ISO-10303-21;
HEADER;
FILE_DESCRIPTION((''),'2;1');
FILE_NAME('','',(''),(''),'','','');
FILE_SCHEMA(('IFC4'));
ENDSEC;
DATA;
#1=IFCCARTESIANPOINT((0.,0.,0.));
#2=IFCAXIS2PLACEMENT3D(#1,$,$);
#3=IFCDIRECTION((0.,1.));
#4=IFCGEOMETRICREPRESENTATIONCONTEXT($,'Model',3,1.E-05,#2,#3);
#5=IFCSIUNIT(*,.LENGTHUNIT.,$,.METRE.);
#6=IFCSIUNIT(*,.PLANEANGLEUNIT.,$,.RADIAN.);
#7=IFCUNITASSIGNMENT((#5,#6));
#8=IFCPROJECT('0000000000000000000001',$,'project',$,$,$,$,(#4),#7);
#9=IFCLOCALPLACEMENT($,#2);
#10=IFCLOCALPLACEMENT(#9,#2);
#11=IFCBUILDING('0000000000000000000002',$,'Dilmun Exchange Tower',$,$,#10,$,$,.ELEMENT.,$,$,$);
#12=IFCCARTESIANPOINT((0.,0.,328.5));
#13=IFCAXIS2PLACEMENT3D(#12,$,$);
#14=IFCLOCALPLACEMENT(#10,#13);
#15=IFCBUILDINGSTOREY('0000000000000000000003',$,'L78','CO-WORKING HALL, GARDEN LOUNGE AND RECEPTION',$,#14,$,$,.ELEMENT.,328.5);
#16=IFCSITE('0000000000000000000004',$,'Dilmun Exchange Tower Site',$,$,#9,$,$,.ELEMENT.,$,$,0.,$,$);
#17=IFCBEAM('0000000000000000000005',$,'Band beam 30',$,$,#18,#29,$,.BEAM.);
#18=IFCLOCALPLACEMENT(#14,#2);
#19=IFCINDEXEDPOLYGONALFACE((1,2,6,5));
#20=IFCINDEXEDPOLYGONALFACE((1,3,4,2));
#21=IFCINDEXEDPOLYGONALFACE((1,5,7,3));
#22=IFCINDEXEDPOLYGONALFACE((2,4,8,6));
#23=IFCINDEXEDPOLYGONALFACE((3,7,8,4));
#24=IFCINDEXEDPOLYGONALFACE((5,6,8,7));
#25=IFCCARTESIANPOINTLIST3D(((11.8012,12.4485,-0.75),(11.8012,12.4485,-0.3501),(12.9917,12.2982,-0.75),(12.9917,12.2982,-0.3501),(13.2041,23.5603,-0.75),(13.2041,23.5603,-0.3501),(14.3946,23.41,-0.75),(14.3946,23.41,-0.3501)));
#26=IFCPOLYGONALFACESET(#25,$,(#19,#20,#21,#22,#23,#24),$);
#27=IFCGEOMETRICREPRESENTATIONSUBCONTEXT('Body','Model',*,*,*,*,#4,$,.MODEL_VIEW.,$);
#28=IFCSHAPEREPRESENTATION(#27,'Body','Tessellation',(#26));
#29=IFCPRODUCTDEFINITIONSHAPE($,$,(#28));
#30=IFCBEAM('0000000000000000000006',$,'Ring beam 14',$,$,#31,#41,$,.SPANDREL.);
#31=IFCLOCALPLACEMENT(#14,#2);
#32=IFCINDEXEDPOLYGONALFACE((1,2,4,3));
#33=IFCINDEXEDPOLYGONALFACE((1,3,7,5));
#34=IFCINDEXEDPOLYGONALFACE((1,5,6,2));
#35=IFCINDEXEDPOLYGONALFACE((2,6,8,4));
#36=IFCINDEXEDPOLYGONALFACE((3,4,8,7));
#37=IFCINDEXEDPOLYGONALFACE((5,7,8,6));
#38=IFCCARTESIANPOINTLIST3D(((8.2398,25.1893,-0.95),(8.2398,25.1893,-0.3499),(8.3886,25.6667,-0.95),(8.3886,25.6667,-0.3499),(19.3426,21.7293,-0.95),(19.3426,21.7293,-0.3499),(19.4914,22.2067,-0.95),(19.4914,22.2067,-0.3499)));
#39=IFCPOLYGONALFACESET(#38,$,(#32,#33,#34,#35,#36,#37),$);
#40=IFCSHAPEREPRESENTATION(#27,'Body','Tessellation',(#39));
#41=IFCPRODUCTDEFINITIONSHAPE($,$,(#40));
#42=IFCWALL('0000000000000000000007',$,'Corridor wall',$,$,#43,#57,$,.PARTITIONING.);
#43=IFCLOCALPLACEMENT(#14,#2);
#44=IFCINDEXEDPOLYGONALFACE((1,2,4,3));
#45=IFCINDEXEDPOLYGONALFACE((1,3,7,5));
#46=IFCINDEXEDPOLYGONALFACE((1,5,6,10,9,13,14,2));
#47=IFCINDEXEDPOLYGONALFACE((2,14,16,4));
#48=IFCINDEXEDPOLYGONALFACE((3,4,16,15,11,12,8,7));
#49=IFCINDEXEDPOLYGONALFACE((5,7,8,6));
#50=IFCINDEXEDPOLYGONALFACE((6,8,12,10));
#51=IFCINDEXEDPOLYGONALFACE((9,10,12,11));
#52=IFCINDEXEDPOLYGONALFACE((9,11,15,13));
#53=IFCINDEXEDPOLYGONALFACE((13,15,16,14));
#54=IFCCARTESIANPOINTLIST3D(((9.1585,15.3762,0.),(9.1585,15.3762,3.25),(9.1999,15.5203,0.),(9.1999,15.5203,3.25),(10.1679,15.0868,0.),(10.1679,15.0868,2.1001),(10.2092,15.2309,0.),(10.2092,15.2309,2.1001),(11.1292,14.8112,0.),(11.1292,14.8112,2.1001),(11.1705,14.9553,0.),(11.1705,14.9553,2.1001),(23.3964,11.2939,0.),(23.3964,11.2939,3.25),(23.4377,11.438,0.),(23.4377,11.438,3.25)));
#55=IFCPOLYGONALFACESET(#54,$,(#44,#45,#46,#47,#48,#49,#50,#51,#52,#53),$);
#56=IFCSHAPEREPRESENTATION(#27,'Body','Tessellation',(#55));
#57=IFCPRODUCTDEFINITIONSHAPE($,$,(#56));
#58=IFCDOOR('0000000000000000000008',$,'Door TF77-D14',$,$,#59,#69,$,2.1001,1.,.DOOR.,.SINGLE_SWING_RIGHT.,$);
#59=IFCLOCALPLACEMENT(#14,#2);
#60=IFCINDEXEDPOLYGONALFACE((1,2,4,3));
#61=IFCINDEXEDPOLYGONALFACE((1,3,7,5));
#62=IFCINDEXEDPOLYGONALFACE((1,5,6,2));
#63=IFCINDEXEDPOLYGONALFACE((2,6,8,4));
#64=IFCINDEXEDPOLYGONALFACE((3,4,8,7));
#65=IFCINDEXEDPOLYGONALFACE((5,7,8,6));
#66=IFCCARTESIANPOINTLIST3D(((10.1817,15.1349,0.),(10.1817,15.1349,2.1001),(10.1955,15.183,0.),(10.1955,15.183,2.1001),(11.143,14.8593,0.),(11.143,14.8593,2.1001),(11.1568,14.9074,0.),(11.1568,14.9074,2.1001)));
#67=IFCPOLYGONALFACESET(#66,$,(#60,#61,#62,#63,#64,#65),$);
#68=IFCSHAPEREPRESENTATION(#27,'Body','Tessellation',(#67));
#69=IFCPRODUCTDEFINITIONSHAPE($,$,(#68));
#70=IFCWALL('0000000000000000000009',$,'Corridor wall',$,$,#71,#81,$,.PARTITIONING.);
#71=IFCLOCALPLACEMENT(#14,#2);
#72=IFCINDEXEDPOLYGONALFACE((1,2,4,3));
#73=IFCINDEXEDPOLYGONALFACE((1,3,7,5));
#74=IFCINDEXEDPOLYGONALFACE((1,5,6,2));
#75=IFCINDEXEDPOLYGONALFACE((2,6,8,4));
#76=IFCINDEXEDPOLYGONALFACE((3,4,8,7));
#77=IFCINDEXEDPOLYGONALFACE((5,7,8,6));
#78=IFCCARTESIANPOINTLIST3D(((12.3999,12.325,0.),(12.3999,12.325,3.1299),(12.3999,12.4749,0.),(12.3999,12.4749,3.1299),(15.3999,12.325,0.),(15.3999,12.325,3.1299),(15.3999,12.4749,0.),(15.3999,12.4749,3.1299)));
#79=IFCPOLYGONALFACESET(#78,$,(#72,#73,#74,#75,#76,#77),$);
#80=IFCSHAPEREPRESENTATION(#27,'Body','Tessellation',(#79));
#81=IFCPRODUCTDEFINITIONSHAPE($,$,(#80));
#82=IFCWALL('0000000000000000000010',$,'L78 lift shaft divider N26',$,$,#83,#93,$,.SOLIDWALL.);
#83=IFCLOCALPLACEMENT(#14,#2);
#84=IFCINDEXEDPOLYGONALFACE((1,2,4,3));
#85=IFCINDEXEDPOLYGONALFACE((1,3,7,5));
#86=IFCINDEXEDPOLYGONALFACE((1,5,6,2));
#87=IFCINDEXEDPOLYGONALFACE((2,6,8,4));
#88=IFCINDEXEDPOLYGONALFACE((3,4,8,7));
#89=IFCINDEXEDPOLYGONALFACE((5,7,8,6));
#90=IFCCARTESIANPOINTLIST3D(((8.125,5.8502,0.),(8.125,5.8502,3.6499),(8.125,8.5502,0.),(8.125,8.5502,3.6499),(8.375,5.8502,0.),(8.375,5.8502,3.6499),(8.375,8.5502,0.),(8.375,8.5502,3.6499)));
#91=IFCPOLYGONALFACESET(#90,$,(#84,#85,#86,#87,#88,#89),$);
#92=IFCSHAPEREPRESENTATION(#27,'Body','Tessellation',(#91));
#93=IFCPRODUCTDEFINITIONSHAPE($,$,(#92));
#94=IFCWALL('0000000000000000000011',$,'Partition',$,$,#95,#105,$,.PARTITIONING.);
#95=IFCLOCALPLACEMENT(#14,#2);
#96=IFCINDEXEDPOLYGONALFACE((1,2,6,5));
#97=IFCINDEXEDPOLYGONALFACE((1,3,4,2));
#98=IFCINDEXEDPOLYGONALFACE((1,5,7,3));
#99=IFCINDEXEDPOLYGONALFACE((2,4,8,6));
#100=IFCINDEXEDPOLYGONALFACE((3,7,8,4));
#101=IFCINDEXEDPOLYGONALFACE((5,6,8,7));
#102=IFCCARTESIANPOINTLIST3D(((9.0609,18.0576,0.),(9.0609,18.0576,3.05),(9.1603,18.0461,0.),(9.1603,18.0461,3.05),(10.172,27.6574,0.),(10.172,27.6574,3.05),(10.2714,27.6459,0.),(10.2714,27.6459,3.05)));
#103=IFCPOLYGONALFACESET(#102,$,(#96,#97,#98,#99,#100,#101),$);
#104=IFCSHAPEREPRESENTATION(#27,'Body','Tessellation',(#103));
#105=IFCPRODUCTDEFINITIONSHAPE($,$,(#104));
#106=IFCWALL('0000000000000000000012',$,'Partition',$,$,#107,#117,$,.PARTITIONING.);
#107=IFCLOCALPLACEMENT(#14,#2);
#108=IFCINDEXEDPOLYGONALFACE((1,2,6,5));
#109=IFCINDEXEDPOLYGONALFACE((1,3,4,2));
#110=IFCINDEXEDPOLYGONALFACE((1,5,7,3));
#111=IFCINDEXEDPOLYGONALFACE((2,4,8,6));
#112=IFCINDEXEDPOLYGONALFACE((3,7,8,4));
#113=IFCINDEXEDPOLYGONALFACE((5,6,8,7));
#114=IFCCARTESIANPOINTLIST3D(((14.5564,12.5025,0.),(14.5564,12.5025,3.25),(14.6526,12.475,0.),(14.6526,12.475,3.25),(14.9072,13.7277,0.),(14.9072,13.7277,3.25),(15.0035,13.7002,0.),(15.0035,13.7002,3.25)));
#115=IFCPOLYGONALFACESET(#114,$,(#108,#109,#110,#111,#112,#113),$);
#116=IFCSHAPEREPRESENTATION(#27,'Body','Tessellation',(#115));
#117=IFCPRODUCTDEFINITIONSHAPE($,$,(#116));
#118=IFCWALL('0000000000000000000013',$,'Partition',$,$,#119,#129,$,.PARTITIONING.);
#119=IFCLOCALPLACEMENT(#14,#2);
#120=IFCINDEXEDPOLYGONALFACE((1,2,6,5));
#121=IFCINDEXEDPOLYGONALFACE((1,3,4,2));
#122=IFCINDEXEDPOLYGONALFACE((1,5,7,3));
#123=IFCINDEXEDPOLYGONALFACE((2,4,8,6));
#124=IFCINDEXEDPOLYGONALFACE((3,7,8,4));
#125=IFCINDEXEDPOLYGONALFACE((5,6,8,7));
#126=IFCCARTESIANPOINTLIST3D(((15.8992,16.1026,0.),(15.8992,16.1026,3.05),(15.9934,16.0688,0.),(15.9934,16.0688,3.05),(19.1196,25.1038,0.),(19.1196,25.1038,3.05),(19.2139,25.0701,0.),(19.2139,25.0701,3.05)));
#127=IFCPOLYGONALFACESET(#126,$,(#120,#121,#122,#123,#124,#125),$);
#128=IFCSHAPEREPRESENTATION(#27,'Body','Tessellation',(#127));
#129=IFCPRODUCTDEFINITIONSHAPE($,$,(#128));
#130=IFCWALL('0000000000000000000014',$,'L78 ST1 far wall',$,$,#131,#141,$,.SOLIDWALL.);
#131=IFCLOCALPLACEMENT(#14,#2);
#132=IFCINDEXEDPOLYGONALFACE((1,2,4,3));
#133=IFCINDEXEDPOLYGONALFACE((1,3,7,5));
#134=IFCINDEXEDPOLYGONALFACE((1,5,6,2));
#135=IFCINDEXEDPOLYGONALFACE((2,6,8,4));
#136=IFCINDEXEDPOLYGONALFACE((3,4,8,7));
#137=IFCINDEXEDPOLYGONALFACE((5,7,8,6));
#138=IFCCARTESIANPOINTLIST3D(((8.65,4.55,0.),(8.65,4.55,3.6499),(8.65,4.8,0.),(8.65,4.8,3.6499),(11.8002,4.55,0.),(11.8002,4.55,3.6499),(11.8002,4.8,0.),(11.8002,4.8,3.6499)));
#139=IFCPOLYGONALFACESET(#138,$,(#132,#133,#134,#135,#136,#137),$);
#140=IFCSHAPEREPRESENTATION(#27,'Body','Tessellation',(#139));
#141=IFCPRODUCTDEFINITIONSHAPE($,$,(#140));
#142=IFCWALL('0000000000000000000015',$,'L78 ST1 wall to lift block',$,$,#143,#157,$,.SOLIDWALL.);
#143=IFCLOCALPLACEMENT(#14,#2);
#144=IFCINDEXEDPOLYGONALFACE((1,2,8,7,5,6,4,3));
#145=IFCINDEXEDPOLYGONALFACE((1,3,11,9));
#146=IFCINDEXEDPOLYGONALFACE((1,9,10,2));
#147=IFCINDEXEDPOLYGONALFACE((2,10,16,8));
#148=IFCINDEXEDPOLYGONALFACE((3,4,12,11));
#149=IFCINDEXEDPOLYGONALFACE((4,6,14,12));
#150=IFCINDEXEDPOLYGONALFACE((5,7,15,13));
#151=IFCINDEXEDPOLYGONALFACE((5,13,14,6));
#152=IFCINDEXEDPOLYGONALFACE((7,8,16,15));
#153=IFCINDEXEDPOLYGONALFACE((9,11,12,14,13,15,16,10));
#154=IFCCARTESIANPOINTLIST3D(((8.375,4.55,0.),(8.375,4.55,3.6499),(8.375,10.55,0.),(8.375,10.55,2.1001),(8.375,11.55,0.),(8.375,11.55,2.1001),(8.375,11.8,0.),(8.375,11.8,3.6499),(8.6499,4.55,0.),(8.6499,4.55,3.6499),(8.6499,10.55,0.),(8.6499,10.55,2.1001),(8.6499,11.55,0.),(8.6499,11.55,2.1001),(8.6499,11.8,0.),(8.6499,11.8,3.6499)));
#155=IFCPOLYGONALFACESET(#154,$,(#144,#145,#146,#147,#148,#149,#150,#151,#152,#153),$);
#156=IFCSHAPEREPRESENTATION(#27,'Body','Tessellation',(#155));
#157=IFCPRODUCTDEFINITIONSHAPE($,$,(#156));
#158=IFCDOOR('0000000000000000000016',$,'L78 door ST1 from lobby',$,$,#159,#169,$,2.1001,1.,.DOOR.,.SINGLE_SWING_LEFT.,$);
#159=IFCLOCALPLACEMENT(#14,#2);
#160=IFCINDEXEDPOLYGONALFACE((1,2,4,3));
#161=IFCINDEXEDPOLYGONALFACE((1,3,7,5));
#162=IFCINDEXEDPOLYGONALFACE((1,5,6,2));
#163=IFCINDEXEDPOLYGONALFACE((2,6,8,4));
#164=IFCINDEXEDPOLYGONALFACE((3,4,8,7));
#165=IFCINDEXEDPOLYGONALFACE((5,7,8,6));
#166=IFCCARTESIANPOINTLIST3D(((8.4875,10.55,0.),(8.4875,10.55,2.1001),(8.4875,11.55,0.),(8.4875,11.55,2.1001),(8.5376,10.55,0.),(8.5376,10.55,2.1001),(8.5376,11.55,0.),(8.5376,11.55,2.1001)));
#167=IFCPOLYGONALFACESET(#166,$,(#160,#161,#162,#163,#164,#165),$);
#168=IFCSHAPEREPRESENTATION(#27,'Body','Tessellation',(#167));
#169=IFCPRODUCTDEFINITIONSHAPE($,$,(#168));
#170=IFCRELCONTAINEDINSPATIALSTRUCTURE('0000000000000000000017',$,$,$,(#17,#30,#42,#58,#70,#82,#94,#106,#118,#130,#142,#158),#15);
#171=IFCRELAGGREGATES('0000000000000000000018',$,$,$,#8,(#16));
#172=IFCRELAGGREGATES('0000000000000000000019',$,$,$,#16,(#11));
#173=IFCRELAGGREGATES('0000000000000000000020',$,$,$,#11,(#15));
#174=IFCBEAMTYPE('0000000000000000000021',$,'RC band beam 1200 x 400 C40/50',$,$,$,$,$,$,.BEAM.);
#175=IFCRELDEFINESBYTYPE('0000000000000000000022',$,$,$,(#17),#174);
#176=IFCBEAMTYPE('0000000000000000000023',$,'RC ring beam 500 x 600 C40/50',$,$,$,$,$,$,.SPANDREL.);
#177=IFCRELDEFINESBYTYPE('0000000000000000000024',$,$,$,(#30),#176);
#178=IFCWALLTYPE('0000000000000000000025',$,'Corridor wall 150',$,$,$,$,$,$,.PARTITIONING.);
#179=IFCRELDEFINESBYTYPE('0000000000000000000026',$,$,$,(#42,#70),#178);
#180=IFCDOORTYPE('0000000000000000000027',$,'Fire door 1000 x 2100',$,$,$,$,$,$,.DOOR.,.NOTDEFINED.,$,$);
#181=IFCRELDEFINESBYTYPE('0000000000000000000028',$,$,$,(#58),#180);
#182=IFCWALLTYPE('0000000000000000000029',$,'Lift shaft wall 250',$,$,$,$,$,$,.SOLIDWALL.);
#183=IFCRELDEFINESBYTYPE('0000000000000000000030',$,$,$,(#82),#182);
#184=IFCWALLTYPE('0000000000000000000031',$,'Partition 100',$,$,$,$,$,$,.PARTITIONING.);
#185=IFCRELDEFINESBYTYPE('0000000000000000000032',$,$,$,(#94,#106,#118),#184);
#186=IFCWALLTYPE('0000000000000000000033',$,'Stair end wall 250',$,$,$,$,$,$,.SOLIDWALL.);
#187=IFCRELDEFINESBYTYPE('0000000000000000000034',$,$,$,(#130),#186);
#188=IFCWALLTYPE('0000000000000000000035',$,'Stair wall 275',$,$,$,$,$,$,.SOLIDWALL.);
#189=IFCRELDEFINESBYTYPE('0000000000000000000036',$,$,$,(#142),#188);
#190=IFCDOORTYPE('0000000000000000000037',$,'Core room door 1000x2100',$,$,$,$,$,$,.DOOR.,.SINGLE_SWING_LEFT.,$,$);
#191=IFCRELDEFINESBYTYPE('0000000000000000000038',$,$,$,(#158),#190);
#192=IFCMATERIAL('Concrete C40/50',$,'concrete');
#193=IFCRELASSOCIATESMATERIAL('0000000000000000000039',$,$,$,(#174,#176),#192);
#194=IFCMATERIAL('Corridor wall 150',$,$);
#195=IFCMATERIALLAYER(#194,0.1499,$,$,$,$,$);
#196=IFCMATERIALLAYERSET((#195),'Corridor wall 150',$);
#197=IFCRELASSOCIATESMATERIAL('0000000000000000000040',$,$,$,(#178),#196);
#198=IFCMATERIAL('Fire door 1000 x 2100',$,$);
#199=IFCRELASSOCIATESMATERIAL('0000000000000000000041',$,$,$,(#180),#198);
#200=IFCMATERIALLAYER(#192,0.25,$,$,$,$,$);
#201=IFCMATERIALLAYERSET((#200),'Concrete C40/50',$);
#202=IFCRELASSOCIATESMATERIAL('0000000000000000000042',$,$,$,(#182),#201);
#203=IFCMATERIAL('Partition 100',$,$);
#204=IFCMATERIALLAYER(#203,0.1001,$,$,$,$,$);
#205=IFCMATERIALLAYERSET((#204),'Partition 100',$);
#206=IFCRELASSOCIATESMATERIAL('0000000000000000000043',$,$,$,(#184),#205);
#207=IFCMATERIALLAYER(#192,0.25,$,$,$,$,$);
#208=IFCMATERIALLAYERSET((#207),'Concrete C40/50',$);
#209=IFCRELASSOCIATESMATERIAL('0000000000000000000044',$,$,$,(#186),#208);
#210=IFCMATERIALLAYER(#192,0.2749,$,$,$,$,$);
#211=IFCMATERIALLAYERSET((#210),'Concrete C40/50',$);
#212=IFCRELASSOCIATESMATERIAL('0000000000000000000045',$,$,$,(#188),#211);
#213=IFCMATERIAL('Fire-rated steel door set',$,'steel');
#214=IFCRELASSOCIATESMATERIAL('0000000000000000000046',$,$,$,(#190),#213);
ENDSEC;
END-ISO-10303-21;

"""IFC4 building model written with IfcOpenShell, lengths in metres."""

from ifc_helpers import new_model, si_unit, direction, frame, frame_2d, origin, origin_2d, place, context, subcontext, project, spatial, rectangle, extrude, material, layer, layer_set, material_profile, profile_set, type_object, element, fill, save


model = new_model("IFC4")

# Units and contexts
model_context = context("Model", 3, precision=1e-05, world=origin(), true_north=direction((0.0, 1.0)))
body_context = subcontext(model_context, "Body", "Model", "MODEL_VIEW")
ifc_project = project(units=[si_unit("LENGTHUNIT", "METRE"), si_unit("PLANEANGLEUNIT", "RADIAN")], contexts=[model_context])

# Site, building, storey
site_placement = place(None, origin())
site = spatial("IfcSite", under=ifc_project, at=site_placement, Name="Dilmun Exchange Tower Site", CompositionType="ELEMENT", RefElevation=0.0)
building_placement = place(site_placement, origin())
building = spatial("IfcBuilding", under=site, at=building_placement, Name="Dilmun Exchange Tower", CompositionType="ELEMENT")
storey_placement = place(building_placement, frame((0.0, 0.0, 328.5)))
storey = spatial("IfcBuildingStorey", under=building, at=storey_placement, Name="L78", Description="CO-WORKING HALL, GARDEN LOUNGE AND RECEPTION", CompositionType="ELEMENT", Elevation=328.5)

# Beams
ifc_material_1 = material(Name="Concrete C40/50", Category="concrete")
ifc_material_profile_1 = material_profile(ifc_material_1, rectangle(XDim=1.2, YDim=0.3999, at=origin_2d()), Name="1200 x 400")
ifc_profile_set_1 = profile_set([ifc_material_profile_1], Name="Concrete C40/50")
beam_type_1 = type_object("IfcBeamType", Name="RC band beam 1200 x 400 C40/50", PredefinedType="BEAM", material=ifc_profile_set_1)
beam_1_placement = place(storey_placement, frame((13.7993, 23.4851, -0.55), z_axis=(-0.125253, -0.992125, 0.0), x_axis=(0.992125, -0.125253, 0.0)))
element("IfcBeam", 1, at=beam_1_placement, inside=storey, type_object=beam_type_1, Name="Band beam 30", PredefinedType="BEAM", context=body_context, shape_type="SweptSolid", body=[
    extrude(rectangle(XDim=1.2, YDim=0.3999, at=origin_2d()), origin(), (0.0, 0.0, 1.0), 11.2),
])
ifc_material_profile_2 = material_profile(ifc_material_1, rectangle(XDim=0.5, YDim=0.6001, at=origin_2d()), Name="500 x 600")
ifc_profile_set_2 = profile_set([ifc_material_profile_2], Name="Concrete C40/50")
beam_type_2 = type_object("IfcBeamType", Name="RC ring beam 500 x 600 C40/50", PredefinedType="SPANDREL", material=ifc_profile_set_2)
beam_2_placement = place(storey_placement, frame((19.417, 21.968, -0.6499), z_axis=(-0.954716, 0.297518, 0.0), x_axis=(-0.297518, -0.954716, 0.0)))
element("IfcBeam", 2, at=beam_2_placement, inside=storey, type_object=beam_type_2, Name="Ring beam 14", PredefinedType="SPANDREL", context=body_context, shape_type="SweptSolid", body=[
    extrude(rectangle(XDim=0.5, YDim=0.6001, at=origin_2d()), origin(), (0.0, 0.0, 1.0), 11.6294),
])

# Wall, opening, door
ifc_material_2 = material(Name="Corridor wall 150")
ifc_layer_1 = layer(ifc_material_2, 0.1499)
ifc_layer_set_1 = layer_set([ifc_layer_1], Name="Corridor wall 150")
wall_type_1 = type_object("IfcWallType", Name="Corridor wall 150", PredefinedType="PARTITIONING", material=ifc_layer_set_1)
wall_1_placement = place(storey_placement, frame((9.1792, 15.4482, 0.0), z_axis=(0.0, 0.0, 1.0), x_axis=(0.961268, -0.275616, 0.0)))
wall_1 = element("IfcWall", 3, at=wall_1_placement, inside=storey, type_object=wall_type_1, Name="Corridor wall", PredefinedType="PARTITIONING", context=body_context, shape_type="SweptSolid", body=[
    extrude(rectangle(XDim=14.8115, YDim=0.1499, at=frame_2d((7.4058, 0.0))), origin(), (0.0, 0.0, 1.0), 3.25),
])
opening_1_placement = place(wall_1_placement, frame((1.05, 0.0, 0.0)))
opening_1 = element("IfcOpeningElement", 4, at=opening_1_placement, cuts=wall_1, PredefinedType="OPENING", context=body_context, shape_type="SweptSolid", body=[
    extrude(rectangle(XDim=1.0, YDim=2.1001, at=frame_2d((0.5, 1.05))), frame((0.0, 0.085, 0.0), z_axis=(0.0, -1.0, 0.0), x_axis=(1.0, 0.0, 0.0)), (0.0, 0.0, 1.0), 0.1699),
])
ifc_material_3 = material(Name="Fire door 1000 x 2100")
door_type_1 = type_object("IfcDoorType", Name="Fire door 1000 x 2100", OperationType="NOTDEFINED", PredefinedType="DOOR", material=ifc_material_3)
door_1_placement = place(opening_1_placement, frame((1.0, 0.0, 0.0), z_axis=(0.0, 0.0, 1.0), x_axis=(-1.0, 0.0, 0.0)))
door_1 = element("IfcDoor", 5, at=door_1_placement, inside=storey, type_object=door_type_1, Name="Door TF77-D14", OperationType="SINGLE_SWING_RIGHT", OverallHeight=2.1001, OverallWidth=1.0, PredefinedType="DOOR", context=body_context, shape_type="SweptSolid", body=[
    extrude(rectangle(XDim=1.0, YDim=2.1001, at=frame_2d((0.5, 1.05))), frame((0.0, 0.0249, 0.0), z_axis=(0.0, -1.0, 0.0), x_axis=(1.0, 0.0, 0.0)), (0.0, 0.0, 1.0), 0.05),
])
fill(opening_1, door_1)

# Walls
wall_2_placement = place(storey_placement, frame((12.3999, 12.3999, 0.0), z_axis=(0.0, 0.0, 1.0), x_axis=(1.0, 0.0, 0.0)))
element("IfcWall", 6, at=wall_2_placement, inside=storey, type_object=wall_type_1, Name="Corridor wall", PredefinedType="PARTITIONING", context=body_context, shape_type="SweptSolid", body=[
    extrude(rectangle(XDim=3.0, YDim=0.1499, at=frame_2d((1.5, 0.0))), origin(), (0.0, 0.0, 1.0), 3.1299),
])
ifc_layer_2 = layer(ifc_material_1, 0.25)
ifc_layer_set_2 = layer_set([ifc_layer_2], Name="Concrete C40/50")
wall_type_2 = type_object("IfcWallType", Name="Lift shaft wall 250", PredefinedType="SOLIDWALL", material=ifc_layer_set_2)
wall_3_placement = place(storey_placement, frame((8.25, 5.8501, 0.0), z_axis=(0.0, 0.0, 1.0), x_axis=(0.0, 1.0, 0.0)))
element("IfcWall", 7, at=wall_3_placement, inside=storey, type_object=wall_type_2, Name="L78 lift shaft divider N26", PredefinedType="SOLIDWALL", context=body_context, shape_type="SweptSolid", body=[
    extrude(rectangle(XDim=2.7, YDim=0.25, at=frame_2d((1.3501, 0.0))), origin(), (0.0, 0.0, 1.0), 3.6499),
])
ifc_material_4 = material(Name="Partition 100")
ifc_layer_3 = layer(ifc_material_4, 0.1001)
ifc_layer_set_3 = layer_set([ifc_layer_3], Name="Partition 100")
wall_type_3 = type_object("IfcWallType", Name="Partition 100", PredefinedType="PARTITIONING", material=ifc_layer_set_3)
wall_4_placement = place(storey_placement, frame((9.1106, 18.0518, 0.0), z_axis=(0.0, 0.0, 1.0), x_axis=(0.114972, 0.993369, 0.0)))
element("IfcWall", 8, at=wall_4_placement, inside=storey, type_object=wall_type_3, Name="Partition", PredefinedType="PARTITIONING", context=body_context, shape_type="SweptSolid", body=[
    extrude(rectangle(XDim=9.6638, YDim=0.1001, at=frame_2d((4.832, 0.0))), origin(), (0.0, 0.0, 1.0), 3.05),
])
wall_5_placement = place(storey_placement, frame((14.6045, 12.4888, 0.0), z_axis=(0.0, 0.0, 1.0), x_axis=(0.275303, 0.961357, 0.0)))
element("IfcWall", 9, at=wall_5_placement, inside=storey, type_object=wall_type_3, Name="Partition", PredefinedType="PARTITIONING", context=body_context, shape_type="SweptSolid", body=[
    extrude(rectangle(XDim=1.2744, YDim=0.1001, at=frame_2d((0.6372, 0.0))), origin(), (0.0, 0.0, 1.0), 3.25),
])
wall_6_placement = place(storey_placement, frame((15.9463, 16.0857, 0.0), z_axis=(0.0, 0.0, 1.0), x_axis=(0.336869, 0.941552, 0.0)))
element("IfcWall", 10, at=wall_6_placement, inside=storey, type_object=wall_type_3, Name="Partition", PredefinedType="PARTITIONING", context=body_context, shape_type="SweptSolid", body=[
    extrude(rectangle(XDim=9.5601, YDim=0.1001, at=frame_2d((4.78, 0.0))), origin(), (0.0, 0.0, 1.0), 3.05),
])
ifc_layer_4 = layer(ifc_material_1, 0.25)
ifc_layer_set_4 = layer_set([ifc_layer_4], Name="Concrete C40/50")
wall_type_4 = type_object("IfcWallType", Name="Stair end wall 250", PredefinedType="SOLIDWALL", material=ifc_layer_set_4)
wall_7_placement = place(storey_placement, frame((8.6499, 4.675, 0.0), z_axis=(0.0, 0.0, 1.0), x_axis=(1.0, 0.0, 0.0)))
element("IfcWall", 11, at=wall_7_placement, inside=storey, type_object=wall_type_4, Name="L78 ST1 far wall", PredefinedType="SOLIDWALL", context=body_context, shape_type="SweptSolid", body=[
    extrude(rectangle(XDim=3.1501, YDim=0.25, at=frame_2d((1.5752, 0.0))), origin(), (0.0, 0.0, 1.0), 3.6499),
])

# Wall, opening, door
ifc_layer_5 = layer(ifc_material_1, 0.2749)
ifc_layer_set_5 = layer_set([ifc_layer_5], Name="Concrete C40/50")
wall_type_5 = type_object("IfcWallType", Name="Stair wall 275", PredefinedType="SOLIDWALL", material=ifc_layer_set_5)
wall_8_placement = place(storey_placement, frame((8.5125, 4.55, 0.0), z_axis=(0.0, 0.0, 1.0), x_axis=(0.0, 1.0, 0.0)))
wall_8 = element("IfcWall", 12, at=wall_8_placement, inside=storey, type_object=wall_type_5, Name="L78 ST1 wall to lift block", PredefinedType="SOLIDWALL", context=body_context, shape_type="SweptSolid", body=[
    extrude(rectangle(XDim=7.25, YDim=0.2749, at=frame_2d((3.625, 0.0))), origin(), (0.0, 0.0, 1.0), 3.6499),
])
opening_2_placement = place(wall_8_placement, frame((6.0, 0.0, 0.0)))
opening_2 = element("IfcOpeningElement", 13, at=opening_2_placement, cuts=wall_8, PredefinedType="OPENING", context=body_context, shape_type="SweptSolid", body=[
    extrude(rectangle(XDim=1.0, YDim=2.1001, at=frame_2d((0.5, 1.05))), frame((0.0, 0.1475, 0.0), z_axis=(0.0, -1.0, 0.0), x_axis=(1.0, 0.0, 0.0)), (0.0, 0.0, 1.0), 0.2949),
])
ifc_material_5 = material(Name="Fire-rated steel door set", Category="steel")
door_type_2 = type_object("IfcDoorType", Name="Core room door 1000x2100", OperationType="SINGLE_SWING_LEFT", PredefinedType="DOOR", material=ifc_material_5)
door_2_placement = place(opening_2_placement, origin())
door_2 = element("IfcDoor", 14, at=door_2_placement, inside=storey, type_object=door_type_2, Name="L78 door ST1 from lobby", OperationType="SINGLE_SWING_LEFT", OverallHeight=2.1001, OverallWidth=1.0, PredefinedType="DOOR", context=body_context, shape_type="SweptSolid", body=[
    extrude(rectangle(XDim=1.0, YDim=2.1001, at=frame_2d((0.5, 1.05))), frame((0.0, 0.0249, 0.0), z_axis=(0.0, -1.0, 0.0), x_axis=(1.0, 0.0, 0.0)), (0.0, 0.0, 1.0), 0.05),
])
fill(opening_2, door_2)

save(model, "model.ifc")
